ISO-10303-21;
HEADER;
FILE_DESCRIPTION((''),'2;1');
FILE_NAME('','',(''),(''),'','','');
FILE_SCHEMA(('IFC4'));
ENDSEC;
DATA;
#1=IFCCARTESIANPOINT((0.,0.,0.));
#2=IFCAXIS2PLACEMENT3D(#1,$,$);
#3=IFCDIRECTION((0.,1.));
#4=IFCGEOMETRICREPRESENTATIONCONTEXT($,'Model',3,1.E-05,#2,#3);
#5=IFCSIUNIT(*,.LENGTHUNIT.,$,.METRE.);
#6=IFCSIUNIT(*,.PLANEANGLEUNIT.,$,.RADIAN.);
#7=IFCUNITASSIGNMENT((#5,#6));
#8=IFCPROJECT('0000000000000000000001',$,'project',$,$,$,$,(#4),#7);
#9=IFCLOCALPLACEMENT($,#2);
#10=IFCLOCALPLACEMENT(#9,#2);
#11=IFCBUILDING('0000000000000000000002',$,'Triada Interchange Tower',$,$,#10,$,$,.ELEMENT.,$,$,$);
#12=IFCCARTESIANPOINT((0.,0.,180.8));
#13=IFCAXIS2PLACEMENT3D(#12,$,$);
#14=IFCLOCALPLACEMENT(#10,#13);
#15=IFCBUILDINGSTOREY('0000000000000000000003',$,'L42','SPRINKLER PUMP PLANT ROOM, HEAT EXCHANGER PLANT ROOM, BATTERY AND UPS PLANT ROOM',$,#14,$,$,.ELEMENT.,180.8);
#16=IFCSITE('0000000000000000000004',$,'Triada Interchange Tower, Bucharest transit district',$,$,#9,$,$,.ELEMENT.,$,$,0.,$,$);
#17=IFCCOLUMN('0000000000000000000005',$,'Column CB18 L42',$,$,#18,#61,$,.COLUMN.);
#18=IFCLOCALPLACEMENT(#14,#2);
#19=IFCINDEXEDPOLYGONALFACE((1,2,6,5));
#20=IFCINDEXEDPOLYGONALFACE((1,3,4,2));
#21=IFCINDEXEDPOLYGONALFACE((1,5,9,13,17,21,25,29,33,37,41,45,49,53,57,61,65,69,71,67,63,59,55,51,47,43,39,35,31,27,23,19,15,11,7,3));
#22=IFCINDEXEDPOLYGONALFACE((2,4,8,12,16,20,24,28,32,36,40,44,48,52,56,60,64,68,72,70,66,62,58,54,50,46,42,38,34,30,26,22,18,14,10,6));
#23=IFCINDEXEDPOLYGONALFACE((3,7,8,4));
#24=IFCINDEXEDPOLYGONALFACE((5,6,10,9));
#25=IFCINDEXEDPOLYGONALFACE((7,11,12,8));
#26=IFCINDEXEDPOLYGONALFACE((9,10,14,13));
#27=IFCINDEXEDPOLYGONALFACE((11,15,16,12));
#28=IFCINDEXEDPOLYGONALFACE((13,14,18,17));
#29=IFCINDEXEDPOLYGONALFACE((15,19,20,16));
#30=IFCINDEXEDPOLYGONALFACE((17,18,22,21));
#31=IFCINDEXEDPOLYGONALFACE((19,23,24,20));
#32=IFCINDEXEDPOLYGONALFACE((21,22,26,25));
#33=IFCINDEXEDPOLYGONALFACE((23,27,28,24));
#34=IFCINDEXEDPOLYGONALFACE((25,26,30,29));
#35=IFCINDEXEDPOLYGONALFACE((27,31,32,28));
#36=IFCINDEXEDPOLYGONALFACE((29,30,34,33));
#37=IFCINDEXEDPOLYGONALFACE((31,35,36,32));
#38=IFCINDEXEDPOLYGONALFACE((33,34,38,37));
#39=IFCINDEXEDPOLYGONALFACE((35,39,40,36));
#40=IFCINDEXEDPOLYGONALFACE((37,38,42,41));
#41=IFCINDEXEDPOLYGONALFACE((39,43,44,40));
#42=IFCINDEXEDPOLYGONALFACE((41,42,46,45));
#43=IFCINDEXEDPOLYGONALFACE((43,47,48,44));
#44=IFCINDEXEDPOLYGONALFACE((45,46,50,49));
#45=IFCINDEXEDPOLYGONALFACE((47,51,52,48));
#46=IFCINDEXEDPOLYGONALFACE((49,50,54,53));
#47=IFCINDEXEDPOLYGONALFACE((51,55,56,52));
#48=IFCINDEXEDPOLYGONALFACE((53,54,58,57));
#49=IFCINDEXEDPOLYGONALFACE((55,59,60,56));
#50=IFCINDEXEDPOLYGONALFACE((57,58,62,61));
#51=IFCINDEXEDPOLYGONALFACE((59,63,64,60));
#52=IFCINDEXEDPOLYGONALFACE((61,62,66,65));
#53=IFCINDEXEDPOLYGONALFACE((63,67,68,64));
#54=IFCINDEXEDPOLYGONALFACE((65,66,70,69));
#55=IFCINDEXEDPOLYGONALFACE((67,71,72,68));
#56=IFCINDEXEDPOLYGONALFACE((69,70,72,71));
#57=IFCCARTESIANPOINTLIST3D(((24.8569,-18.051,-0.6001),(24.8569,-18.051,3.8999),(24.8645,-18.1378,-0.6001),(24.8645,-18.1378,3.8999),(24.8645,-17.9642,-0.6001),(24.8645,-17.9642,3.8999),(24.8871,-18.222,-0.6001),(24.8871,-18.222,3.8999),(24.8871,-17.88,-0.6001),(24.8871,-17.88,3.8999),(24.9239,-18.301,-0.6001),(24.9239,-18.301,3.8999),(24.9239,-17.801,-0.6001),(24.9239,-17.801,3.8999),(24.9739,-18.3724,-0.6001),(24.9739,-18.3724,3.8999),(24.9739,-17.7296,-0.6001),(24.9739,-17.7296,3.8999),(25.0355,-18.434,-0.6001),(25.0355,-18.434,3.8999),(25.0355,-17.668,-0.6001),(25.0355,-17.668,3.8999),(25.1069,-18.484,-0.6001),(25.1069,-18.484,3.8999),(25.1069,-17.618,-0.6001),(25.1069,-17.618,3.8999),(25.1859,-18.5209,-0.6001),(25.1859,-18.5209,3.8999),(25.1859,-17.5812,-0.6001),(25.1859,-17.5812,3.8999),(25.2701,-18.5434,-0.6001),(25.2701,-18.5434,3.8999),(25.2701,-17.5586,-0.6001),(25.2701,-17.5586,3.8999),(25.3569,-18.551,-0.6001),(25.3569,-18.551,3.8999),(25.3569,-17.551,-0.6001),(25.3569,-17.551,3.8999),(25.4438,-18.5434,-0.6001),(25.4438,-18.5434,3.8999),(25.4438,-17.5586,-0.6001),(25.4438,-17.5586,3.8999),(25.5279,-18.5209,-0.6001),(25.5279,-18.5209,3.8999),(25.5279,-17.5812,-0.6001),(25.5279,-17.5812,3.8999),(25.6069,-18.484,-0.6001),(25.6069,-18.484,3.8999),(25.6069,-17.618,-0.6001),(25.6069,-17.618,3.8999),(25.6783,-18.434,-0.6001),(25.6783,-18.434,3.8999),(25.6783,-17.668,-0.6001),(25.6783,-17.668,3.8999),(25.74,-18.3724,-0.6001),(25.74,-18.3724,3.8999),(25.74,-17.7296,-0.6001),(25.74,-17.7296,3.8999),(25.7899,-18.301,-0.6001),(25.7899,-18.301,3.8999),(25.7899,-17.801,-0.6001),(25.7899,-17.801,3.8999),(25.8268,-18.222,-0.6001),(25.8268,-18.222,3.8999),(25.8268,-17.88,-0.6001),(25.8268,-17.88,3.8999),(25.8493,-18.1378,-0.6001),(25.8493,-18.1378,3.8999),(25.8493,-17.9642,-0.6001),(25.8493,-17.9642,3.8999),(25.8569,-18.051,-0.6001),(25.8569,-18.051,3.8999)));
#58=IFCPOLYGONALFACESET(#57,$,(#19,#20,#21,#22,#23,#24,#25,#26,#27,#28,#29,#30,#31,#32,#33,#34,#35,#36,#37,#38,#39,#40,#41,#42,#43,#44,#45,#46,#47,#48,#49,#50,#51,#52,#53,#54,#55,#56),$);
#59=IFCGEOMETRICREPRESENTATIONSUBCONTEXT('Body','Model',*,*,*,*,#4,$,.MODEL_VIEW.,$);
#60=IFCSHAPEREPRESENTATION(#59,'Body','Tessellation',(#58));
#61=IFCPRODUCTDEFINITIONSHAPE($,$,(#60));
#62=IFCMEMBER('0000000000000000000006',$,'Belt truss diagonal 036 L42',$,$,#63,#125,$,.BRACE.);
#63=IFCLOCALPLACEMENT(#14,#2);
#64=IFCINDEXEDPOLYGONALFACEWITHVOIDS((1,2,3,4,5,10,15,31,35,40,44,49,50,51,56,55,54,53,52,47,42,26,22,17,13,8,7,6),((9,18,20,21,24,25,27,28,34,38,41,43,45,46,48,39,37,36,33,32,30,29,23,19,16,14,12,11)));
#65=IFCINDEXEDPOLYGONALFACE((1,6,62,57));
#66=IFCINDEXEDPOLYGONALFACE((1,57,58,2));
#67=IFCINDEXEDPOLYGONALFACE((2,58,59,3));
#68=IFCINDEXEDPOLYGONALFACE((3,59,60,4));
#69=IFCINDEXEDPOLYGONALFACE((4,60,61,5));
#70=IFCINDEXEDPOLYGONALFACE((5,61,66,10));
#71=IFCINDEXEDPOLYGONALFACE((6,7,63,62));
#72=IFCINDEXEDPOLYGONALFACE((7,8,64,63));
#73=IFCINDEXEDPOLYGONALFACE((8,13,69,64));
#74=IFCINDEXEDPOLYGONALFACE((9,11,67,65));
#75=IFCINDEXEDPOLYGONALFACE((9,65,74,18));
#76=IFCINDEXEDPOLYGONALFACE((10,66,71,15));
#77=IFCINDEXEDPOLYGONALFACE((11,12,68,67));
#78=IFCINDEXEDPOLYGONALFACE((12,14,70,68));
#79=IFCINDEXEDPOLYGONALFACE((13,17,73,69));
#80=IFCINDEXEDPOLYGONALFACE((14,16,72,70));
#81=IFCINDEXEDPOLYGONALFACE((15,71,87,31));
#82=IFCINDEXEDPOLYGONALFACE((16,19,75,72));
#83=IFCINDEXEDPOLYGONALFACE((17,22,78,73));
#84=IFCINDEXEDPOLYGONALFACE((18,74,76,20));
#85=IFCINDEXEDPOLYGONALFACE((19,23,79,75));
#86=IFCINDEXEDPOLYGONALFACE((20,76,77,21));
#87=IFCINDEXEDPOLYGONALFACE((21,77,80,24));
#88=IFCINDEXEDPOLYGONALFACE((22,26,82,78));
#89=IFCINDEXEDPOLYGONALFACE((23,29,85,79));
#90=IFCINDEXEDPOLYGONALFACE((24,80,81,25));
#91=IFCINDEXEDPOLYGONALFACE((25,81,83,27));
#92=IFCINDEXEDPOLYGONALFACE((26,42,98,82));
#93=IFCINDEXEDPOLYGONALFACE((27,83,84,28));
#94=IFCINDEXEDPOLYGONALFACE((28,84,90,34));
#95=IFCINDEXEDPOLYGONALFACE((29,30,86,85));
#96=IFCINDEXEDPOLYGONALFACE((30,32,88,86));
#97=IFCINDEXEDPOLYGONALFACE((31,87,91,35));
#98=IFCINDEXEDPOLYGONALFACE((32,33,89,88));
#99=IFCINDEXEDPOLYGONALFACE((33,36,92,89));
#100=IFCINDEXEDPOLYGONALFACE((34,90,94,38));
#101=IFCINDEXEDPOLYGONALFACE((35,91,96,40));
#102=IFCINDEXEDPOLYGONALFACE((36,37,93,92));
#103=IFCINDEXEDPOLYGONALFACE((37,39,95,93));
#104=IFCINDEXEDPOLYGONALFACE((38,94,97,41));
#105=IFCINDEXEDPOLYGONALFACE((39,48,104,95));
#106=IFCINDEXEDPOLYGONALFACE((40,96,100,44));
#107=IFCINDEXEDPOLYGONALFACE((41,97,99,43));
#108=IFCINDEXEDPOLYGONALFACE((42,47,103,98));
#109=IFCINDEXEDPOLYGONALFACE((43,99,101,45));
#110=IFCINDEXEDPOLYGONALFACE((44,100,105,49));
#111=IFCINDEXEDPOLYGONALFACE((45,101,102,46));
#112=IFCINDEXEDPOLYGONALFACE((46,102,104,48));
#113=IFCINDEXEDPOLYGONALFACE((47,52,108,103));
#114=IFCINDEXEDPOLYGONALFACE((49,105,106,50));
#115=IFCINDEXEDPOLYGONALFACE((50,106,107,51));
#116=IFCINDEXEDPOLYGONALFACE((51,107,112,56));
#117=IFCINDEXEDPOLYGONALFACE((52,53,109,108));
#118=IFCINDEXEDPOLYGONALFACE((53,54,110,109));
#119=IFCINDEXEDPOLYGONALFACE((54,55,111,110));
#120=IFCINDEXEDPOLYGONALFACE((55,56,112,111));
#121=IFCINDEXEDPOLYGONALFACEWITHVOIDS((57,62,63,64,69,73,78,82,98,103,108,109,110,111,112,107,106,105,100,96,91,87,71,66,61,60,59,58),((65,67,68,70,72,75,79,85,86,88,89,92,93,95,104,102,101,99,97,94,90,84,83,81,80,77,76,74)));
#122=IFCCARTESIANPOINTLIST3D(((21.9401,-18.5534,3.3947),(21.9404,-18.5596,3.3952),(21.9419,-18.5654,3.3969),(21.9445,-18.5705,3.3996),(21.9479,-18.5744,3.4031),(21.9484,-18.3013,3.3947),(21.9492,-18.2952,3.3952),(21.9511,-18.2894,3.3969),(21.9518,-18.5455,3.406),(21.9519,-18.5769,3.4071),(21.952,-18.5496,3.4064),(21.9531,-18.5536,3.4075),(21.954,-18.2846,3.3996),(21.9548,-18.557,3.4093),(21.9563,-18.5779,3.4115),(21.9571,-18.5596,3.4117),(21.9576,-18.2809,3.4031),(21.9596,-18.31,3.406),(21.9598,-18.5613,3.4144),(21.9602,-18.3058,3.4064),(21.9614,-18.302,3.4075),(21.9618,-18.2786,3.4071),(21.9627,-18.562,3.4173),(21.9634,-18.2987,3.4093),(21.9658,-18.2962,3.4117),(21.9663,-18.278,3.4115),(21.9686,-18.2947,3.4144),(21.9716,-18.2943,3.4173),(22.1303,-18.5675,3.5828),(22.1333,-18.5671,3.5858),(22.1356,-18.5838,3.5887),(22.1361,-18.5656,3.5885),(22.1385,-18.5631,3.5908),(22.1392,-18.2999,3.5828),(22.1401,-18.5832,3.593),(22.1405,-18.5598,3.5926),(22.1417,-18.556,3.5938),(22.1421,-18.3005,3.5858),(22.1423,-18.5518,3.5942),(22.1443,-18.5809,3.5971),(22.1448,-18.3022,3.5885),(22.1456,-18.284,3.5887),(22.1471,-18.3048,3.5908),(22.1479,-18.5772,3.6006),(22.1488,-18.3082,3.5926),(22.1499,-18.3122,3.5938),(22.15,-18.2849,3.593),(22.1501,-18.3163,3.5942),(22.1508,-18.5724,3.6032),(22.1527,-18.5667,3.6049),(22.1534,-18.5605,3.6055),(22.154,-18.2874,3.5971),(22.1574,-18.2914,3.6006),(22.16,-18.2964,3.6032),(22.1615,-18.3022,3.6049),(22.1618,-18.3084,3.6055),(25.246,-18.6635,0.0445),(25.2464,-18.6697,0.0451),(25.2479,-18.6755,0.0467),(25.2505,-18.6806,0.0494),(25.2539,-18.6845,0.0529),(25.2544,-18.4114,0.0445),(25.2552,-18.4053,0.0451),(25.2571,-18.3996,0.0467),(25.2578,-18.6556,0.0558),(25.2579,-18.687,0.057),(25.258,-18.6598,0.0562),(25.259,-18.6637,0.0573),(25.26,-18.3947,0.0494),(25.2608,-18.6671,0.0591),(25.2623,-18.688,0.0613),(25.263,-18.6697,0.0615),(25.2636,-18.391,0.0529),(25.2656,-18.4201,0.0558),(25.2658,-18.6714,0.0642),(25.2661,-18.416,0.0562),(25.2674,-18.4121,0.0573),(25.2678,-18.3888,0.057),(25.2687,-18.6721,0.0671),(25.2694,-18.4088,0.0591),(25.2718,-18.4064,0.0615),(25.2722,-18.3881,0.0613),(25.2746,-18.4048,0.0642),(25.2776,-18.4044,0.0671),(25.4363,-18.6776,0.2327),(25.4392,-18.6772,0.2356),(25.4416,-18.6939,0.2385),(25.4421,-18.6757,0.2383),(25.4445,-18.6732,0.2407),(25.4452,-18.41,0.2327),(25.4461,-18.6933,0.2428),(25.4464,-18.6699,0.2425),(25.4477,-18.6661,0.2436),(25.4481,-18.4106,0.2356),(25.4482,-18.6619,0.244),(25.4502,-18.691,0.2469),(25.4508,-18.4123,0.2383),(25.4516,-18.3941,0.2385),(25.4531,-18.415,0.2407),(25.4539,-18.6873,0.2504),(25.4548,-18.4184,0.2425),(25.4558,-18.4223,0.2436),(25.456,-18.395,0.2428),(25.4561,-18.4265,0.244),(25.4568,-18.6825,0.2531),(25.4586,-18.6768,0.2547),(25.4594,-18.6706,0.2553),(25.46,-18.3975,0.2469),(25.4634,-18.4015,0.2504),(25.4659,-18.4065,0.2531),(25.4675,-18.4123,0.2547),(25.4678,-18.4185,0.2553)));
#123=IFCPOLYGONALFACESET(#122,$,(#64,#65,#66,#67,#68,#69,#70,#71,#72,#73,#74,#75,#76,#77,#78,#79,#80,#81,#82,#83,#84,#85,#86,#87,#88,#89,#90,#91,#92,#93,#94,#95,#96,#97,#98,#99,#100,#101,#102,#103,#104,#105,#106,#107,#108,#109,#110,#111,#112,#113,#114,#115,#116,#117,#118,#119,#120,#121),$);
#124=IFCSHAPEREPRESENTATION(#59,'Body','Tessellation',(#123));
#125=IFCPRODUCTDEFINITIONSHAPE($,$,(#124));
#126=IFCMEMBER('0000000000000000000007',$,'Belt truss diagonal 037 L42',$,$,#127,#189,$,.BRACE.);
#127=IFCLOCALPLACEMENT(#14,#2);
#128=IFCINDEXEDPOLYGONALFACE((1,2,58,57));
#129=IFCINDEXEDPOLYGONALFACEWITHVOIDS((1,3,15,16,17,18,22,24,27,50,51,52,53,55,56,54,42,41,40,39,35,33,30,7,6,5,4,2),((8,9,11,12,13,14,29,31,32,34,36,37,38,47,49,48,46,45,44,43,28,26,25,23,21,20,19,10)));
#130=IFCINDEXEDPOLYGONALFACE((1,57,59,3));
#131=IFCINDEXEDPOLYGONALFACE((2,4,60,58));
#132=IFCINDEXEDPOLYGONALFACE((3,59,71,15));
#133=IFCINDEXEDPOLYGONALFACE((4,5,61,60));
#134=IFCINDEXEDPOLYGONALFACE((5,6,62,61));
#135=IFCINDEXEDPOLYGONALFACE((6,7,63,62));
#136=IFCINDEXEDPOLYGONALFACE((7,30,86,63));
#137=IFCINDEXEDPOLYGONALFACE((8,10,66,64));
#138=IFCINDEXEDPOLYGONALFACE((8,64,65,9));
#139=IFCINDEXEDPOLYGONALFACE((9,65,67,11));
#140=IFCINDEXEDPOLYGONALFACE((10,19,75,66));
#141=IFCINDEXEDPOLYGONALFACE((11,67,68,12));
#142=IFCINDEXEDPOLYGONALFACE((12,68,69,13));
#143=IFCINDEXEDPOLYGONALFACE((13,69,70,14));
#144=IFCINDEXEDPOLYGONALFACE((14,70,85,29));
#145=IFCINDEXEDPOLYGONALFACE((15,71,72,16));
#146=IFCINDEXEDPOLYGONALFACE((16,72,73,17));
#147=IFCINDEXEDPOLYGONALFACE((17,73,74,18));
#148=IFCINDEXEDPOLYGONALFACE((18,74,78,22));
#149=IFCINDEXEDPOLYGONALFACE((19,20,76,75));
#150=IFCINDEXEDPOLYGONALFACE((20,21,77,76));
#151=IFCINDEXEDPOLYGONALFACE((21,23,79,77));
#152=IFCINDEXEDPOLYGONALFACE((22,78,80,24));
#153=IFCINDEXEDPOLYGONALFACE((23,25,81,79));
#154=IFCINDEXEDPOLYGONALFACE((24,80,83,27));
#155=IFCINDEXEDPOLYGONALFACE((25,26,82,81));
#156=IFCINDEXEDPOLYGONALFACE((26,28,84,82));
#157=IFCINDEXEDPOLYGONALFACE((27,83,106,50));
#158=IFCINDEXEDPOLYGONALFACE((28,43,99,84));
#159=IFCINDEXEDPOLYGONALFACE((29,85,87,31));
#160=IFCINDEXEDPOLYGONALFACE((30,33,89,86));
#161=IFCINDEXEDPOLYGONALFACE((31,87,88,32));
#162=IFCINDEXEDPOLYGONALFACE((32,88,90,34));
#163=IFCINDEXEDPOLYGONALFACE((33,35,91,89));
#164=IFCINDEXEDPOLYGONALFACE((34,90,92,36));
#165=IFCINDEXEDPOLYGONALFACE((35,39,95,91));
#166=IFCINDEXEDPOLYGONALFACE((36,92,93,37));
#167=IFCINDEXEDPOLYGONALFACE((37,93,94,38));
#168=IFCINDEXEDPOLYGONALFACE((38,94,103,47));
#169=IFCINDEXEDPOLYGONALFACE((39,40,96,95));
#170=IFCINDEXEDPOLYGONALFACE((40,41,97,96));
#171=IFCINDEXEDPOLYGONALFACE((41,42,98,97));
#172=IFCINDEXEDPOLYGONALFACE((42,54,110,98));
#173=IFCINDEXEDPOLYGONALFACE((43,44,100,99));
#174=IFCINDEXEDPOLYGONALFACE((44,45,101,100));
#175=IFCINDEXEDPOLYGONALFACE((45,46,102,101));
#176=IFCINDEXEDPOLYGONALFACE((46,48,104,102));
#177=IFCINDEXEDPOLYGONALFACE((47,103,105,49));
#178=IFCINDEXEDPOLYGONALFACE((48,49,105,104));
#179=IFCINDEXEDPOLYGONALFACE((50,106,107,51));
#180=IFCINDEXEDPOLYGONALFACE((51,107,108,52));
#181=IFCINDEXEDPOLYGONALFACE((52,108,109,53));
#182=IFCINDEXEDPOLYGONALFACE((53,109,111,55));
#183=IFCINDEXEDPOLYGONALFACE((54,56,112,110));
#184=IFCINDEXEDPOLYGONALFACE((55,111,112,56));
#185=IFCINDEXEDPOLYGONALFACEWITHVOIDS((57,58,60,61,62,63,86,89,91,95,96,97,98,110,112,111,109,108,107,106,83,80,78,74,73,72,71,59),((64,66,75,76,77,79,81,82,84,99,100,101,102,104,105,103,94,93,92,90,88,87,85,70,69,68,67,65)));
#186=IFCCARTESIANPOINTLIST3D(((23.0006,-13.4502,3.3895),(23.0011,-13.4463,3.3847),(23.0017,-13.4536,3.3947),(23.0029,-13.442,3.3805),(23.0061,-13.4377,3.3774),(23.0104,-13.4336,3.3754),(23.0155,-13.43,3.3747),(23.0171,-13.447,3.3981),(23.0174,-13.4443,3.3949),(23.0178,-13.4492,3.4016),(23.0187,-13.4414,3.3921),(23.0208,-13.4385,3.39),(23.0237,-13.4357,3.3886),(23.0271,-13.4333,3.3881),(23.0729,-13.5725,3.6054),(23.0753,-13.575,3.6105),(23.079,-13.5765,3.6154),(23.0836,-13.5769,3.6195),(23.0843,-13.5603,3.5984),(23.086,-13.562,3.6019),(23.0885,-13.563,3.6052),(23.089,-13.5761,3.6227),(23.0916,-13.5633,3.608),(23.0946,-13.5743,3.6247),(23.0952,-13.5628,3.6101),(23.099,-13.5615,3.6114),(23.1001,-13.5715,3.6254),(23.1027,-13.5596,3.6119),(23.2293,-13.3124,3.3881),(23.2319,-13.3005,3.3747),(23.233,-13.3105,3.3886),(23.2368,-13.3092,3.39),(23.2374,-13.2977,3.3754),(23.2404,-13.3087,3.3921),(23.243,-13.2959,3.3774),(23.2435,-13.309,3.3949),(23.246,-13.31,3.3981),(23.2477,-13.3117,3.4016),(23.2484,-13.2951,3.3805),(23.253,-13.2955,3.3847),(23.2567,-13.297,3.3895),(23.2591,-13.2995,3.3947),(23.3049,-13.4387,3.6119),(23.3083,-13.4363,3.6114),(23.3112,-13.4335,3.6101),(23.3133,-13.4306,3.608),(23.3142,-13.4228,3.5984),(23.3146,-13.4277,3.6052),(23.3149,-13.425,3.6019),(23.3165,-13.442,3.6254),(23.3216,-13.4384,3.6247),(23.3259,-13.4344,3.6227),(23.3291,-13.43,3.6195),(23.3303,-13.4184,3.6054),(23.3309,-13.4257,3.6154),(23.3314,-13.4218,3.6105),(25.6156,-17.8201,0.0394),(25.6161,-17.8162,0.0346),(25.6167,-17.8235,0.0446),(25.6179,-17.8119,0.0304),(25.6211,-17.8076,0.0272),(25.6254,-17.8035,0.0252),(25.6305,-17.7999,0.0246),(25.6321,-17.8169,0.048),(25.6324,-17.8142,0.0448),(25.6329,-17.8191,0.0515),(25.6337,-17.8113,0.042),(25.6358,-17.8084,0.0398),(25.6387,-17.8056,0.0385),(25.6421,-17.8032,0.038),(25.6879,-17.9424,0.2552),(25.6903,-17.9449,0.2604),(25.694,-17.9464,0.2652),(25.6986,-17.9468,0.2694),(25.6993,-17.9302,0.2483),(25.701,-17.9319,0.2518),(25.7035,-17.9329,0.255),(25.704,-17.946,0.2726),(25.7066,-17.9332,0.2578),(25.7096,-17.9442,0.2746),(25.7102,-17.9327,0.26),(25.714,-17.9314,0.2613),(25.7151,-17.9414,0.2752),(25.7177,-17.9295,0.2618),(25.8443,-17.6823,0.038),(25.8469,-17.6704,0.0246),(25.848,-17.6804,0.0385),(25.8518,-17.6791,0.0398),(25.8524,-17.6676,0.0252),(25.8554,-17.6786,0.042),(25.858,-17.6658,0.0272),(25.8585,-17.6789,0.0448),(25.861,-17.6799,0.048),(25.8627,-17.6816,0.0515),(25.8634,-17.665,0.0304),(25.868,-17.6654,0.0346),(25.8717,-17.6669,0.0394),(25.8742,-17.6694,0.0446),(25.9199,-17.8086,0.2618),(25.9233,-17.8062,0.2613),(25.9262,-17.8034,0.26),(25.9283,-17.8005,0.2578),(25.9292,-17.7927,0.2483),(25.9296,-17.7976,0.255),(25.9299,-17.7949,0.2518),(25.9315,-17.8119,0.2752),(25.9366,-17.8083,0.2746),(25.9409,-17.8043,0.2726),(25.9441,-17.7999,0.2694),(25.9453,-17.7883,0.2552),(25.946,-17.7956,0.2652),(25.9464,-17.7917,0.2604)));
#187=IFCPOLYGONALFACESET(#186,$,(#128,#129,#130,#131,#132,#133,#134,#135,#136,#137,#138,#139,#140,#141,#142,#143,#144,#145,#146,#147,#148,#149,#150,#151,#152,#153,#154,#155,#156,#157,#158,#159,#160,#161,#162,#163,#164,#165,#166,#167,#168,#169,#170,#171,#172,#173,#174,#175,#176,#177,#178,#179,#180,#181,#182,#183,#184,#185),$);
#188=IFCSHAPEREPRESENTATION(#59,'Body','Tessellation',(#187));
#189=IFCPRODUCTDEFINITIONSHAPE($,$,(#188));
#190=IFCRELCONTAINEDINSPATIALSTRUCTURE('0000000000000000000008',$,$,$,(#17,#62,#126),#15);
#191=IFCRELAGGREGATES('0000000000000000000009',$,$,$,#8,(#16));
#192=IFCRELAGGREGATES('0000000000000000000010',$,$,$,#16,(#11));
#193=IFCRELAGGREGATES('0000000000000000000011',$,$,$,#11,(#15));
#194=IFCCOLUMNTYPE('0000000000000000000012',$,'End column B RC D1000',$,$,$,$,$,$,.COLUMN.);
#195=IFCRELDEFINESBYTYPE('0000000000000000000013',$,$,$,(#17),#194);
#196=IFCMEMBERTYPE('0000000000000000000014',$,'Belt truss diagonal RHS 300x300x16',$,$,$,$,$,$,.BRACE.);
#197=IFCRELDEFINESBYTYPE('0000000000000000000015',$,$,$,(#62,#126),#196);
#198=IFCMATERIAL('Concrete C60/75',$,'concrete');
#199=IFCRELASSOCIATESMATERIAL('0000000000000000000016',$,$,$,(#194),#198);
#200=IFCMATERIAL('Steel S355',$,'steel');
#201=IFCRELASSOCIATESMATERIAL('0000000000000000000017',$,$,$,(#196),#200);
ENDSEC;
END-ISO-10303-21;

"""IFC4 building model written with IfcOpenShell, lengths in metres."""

from ifc_helpers import new_model, si_unit, direction, frame, origin, origin_2d, place, context, subcontext, project, spatial, hollow_rectangle, circle, extrude, material, material_profile, profile_set, type_object, element, save


model = new_model("IFC4")

# Units and contexts
model_context = context("Model", 3, precision=1e-05, world=origin(), true_north=direction((0.0, 1.0)))
body_context = subcontext(model_context, "Body", "Model", "MODEL_VIEW")
ifc_project = project(units=[si_unit("LENGTHUNIT", "METRE"), si_unit("PLANEANGLEUNIT", "RADIAN")], contexts=[model_context])

# Site, building, storey
site_placement = place(None, origin())
site = spatial("IfcSite", under=ifc_project, at=site_placement, Name="Triada Interchange Tower, Bucharest transit district", CompositionType="ELEMENT", RefElevation=0.0)
building_placement = place(site_placement, origin())
building = spatial("IfcBuilding", under=site, at=building_placement, Name="Triada Interchange Tower", CompositionType="ELEMENT")
storey_placement = place(building_placement, frame((0.0, 0.0, 180.8)))
storey = spatial("IfcBuildingStorey", under=building, at=storey_placement, Name="L42", Description="SPRINKLER PUMP PLANT ROOM, HEAT EXCHANGER PLANT ROOM, BATTERY AND UPS PLANT ROOM", CompositionType="ELEMENT", Elevation=180.8)

# Column
ifc_material_1 = material(Name="Concrete C60/75", Category="concrete")
ifc_material_profile_1 = material_profile(ifc_material_1, circle(Radius=0.5, at=origin_2d()), Name="RC D1000")
ifc_profile_set_1 = profile_set([ifc_material_profile_1], Name="Concrete C60/75")
column_type = type_object("IfcColumnType", Name="End column B RC D1000", PredefinedType="COLUMN", material=ifc_profile_set_1)
column_placement = place(storey_placement, frame((25.3569, -18.051, -0.6001), z_axis=(0.0, 0.0, 1.0), x_axis=(1.0, 0.0, 0.0)))
element("IfcColumn", 1, at=column_placement, inside=storey, type_object=column_type, Name="Column CB18 L42", PredefinedType="COLUMN", context=body_context, shape_type="SweptSolid", body=[
    extrude(circle(Radius=0.5, at=origin_2d()), origin(), (0.0, 0.0, 1.0), 4.5),
])

# Members
ifc_material_2 = material(Name="Steel S355", Category="steel")
ifc_material_profile_2 = material_profile(ifc_material_2, hollow_rectangle(XDim=0.3, YDim=0.3, WallThickness=0.0161, InnerFilletRadius=0.0161, OuterFilletRadius=0.0239, at=origin_2d()), Name="RHS 300x300x16")
ifc_profile_set_2 = profile_set([ifc_material_profile_2], Name="Steel S355")
member_type = type_object("IfcMemberType", Name="Belt truss diagonal RHS 300x300x16", PredefinedType="BRACE", material=ifc_profile_set_2)
member_placement = place(storey_placement, frame((25.3569, -18.541, 0.1499), z_axis=(-0.702205, 0.023388, 0.711591), x_axis=(-0.033288, -0.999446, 0.0)))
element("IfcMember", 2, at=member_placement, inside=storey, type_object=member_type, Name="Belt truss diagonal 036 L42", PredefinedType="BRACE", context=body_context, shape_type="SweptSolid", body=[
    extrude(hollow_rectangle(XDim=0.3, YDim=0.3, WallThickness=0.0161, InnerFilletRadius=0.0161, OuterFilletRadius=0.0239, at=origin_2d()), origin(), (0.0, 0.0, 1.0), 4.708),
])
for number, where, z_axis, x_axis, name in (
    (3, (25.781, -17.8059, 0.1499), (-0.428992, 0.716882, 0.549587), (-0.858093, -0.513494, 0.0), "Belt truss diagonal 037 L42"),
):
    element("IfcMember", number, at=place(storey_placement, frame(where, z_axis=z_axis, x_axis=x_axis)), inside=storey, type_object=member_type, Name=name, PredefinedType="BRACE", context=body_context, shape_type="SweptSolid", body=[
        extrude(hollow_rectangle(XDim=0.3, YDim=0.3, WallThickness=0.0161, InnerFilletRadius=0.0161, OuterFilletRadius=0.0239, at=origin_2d()), origin(), (0.0, 0.0, 1.0), 6.0957),
    ])

save(model, "model.ifc")
